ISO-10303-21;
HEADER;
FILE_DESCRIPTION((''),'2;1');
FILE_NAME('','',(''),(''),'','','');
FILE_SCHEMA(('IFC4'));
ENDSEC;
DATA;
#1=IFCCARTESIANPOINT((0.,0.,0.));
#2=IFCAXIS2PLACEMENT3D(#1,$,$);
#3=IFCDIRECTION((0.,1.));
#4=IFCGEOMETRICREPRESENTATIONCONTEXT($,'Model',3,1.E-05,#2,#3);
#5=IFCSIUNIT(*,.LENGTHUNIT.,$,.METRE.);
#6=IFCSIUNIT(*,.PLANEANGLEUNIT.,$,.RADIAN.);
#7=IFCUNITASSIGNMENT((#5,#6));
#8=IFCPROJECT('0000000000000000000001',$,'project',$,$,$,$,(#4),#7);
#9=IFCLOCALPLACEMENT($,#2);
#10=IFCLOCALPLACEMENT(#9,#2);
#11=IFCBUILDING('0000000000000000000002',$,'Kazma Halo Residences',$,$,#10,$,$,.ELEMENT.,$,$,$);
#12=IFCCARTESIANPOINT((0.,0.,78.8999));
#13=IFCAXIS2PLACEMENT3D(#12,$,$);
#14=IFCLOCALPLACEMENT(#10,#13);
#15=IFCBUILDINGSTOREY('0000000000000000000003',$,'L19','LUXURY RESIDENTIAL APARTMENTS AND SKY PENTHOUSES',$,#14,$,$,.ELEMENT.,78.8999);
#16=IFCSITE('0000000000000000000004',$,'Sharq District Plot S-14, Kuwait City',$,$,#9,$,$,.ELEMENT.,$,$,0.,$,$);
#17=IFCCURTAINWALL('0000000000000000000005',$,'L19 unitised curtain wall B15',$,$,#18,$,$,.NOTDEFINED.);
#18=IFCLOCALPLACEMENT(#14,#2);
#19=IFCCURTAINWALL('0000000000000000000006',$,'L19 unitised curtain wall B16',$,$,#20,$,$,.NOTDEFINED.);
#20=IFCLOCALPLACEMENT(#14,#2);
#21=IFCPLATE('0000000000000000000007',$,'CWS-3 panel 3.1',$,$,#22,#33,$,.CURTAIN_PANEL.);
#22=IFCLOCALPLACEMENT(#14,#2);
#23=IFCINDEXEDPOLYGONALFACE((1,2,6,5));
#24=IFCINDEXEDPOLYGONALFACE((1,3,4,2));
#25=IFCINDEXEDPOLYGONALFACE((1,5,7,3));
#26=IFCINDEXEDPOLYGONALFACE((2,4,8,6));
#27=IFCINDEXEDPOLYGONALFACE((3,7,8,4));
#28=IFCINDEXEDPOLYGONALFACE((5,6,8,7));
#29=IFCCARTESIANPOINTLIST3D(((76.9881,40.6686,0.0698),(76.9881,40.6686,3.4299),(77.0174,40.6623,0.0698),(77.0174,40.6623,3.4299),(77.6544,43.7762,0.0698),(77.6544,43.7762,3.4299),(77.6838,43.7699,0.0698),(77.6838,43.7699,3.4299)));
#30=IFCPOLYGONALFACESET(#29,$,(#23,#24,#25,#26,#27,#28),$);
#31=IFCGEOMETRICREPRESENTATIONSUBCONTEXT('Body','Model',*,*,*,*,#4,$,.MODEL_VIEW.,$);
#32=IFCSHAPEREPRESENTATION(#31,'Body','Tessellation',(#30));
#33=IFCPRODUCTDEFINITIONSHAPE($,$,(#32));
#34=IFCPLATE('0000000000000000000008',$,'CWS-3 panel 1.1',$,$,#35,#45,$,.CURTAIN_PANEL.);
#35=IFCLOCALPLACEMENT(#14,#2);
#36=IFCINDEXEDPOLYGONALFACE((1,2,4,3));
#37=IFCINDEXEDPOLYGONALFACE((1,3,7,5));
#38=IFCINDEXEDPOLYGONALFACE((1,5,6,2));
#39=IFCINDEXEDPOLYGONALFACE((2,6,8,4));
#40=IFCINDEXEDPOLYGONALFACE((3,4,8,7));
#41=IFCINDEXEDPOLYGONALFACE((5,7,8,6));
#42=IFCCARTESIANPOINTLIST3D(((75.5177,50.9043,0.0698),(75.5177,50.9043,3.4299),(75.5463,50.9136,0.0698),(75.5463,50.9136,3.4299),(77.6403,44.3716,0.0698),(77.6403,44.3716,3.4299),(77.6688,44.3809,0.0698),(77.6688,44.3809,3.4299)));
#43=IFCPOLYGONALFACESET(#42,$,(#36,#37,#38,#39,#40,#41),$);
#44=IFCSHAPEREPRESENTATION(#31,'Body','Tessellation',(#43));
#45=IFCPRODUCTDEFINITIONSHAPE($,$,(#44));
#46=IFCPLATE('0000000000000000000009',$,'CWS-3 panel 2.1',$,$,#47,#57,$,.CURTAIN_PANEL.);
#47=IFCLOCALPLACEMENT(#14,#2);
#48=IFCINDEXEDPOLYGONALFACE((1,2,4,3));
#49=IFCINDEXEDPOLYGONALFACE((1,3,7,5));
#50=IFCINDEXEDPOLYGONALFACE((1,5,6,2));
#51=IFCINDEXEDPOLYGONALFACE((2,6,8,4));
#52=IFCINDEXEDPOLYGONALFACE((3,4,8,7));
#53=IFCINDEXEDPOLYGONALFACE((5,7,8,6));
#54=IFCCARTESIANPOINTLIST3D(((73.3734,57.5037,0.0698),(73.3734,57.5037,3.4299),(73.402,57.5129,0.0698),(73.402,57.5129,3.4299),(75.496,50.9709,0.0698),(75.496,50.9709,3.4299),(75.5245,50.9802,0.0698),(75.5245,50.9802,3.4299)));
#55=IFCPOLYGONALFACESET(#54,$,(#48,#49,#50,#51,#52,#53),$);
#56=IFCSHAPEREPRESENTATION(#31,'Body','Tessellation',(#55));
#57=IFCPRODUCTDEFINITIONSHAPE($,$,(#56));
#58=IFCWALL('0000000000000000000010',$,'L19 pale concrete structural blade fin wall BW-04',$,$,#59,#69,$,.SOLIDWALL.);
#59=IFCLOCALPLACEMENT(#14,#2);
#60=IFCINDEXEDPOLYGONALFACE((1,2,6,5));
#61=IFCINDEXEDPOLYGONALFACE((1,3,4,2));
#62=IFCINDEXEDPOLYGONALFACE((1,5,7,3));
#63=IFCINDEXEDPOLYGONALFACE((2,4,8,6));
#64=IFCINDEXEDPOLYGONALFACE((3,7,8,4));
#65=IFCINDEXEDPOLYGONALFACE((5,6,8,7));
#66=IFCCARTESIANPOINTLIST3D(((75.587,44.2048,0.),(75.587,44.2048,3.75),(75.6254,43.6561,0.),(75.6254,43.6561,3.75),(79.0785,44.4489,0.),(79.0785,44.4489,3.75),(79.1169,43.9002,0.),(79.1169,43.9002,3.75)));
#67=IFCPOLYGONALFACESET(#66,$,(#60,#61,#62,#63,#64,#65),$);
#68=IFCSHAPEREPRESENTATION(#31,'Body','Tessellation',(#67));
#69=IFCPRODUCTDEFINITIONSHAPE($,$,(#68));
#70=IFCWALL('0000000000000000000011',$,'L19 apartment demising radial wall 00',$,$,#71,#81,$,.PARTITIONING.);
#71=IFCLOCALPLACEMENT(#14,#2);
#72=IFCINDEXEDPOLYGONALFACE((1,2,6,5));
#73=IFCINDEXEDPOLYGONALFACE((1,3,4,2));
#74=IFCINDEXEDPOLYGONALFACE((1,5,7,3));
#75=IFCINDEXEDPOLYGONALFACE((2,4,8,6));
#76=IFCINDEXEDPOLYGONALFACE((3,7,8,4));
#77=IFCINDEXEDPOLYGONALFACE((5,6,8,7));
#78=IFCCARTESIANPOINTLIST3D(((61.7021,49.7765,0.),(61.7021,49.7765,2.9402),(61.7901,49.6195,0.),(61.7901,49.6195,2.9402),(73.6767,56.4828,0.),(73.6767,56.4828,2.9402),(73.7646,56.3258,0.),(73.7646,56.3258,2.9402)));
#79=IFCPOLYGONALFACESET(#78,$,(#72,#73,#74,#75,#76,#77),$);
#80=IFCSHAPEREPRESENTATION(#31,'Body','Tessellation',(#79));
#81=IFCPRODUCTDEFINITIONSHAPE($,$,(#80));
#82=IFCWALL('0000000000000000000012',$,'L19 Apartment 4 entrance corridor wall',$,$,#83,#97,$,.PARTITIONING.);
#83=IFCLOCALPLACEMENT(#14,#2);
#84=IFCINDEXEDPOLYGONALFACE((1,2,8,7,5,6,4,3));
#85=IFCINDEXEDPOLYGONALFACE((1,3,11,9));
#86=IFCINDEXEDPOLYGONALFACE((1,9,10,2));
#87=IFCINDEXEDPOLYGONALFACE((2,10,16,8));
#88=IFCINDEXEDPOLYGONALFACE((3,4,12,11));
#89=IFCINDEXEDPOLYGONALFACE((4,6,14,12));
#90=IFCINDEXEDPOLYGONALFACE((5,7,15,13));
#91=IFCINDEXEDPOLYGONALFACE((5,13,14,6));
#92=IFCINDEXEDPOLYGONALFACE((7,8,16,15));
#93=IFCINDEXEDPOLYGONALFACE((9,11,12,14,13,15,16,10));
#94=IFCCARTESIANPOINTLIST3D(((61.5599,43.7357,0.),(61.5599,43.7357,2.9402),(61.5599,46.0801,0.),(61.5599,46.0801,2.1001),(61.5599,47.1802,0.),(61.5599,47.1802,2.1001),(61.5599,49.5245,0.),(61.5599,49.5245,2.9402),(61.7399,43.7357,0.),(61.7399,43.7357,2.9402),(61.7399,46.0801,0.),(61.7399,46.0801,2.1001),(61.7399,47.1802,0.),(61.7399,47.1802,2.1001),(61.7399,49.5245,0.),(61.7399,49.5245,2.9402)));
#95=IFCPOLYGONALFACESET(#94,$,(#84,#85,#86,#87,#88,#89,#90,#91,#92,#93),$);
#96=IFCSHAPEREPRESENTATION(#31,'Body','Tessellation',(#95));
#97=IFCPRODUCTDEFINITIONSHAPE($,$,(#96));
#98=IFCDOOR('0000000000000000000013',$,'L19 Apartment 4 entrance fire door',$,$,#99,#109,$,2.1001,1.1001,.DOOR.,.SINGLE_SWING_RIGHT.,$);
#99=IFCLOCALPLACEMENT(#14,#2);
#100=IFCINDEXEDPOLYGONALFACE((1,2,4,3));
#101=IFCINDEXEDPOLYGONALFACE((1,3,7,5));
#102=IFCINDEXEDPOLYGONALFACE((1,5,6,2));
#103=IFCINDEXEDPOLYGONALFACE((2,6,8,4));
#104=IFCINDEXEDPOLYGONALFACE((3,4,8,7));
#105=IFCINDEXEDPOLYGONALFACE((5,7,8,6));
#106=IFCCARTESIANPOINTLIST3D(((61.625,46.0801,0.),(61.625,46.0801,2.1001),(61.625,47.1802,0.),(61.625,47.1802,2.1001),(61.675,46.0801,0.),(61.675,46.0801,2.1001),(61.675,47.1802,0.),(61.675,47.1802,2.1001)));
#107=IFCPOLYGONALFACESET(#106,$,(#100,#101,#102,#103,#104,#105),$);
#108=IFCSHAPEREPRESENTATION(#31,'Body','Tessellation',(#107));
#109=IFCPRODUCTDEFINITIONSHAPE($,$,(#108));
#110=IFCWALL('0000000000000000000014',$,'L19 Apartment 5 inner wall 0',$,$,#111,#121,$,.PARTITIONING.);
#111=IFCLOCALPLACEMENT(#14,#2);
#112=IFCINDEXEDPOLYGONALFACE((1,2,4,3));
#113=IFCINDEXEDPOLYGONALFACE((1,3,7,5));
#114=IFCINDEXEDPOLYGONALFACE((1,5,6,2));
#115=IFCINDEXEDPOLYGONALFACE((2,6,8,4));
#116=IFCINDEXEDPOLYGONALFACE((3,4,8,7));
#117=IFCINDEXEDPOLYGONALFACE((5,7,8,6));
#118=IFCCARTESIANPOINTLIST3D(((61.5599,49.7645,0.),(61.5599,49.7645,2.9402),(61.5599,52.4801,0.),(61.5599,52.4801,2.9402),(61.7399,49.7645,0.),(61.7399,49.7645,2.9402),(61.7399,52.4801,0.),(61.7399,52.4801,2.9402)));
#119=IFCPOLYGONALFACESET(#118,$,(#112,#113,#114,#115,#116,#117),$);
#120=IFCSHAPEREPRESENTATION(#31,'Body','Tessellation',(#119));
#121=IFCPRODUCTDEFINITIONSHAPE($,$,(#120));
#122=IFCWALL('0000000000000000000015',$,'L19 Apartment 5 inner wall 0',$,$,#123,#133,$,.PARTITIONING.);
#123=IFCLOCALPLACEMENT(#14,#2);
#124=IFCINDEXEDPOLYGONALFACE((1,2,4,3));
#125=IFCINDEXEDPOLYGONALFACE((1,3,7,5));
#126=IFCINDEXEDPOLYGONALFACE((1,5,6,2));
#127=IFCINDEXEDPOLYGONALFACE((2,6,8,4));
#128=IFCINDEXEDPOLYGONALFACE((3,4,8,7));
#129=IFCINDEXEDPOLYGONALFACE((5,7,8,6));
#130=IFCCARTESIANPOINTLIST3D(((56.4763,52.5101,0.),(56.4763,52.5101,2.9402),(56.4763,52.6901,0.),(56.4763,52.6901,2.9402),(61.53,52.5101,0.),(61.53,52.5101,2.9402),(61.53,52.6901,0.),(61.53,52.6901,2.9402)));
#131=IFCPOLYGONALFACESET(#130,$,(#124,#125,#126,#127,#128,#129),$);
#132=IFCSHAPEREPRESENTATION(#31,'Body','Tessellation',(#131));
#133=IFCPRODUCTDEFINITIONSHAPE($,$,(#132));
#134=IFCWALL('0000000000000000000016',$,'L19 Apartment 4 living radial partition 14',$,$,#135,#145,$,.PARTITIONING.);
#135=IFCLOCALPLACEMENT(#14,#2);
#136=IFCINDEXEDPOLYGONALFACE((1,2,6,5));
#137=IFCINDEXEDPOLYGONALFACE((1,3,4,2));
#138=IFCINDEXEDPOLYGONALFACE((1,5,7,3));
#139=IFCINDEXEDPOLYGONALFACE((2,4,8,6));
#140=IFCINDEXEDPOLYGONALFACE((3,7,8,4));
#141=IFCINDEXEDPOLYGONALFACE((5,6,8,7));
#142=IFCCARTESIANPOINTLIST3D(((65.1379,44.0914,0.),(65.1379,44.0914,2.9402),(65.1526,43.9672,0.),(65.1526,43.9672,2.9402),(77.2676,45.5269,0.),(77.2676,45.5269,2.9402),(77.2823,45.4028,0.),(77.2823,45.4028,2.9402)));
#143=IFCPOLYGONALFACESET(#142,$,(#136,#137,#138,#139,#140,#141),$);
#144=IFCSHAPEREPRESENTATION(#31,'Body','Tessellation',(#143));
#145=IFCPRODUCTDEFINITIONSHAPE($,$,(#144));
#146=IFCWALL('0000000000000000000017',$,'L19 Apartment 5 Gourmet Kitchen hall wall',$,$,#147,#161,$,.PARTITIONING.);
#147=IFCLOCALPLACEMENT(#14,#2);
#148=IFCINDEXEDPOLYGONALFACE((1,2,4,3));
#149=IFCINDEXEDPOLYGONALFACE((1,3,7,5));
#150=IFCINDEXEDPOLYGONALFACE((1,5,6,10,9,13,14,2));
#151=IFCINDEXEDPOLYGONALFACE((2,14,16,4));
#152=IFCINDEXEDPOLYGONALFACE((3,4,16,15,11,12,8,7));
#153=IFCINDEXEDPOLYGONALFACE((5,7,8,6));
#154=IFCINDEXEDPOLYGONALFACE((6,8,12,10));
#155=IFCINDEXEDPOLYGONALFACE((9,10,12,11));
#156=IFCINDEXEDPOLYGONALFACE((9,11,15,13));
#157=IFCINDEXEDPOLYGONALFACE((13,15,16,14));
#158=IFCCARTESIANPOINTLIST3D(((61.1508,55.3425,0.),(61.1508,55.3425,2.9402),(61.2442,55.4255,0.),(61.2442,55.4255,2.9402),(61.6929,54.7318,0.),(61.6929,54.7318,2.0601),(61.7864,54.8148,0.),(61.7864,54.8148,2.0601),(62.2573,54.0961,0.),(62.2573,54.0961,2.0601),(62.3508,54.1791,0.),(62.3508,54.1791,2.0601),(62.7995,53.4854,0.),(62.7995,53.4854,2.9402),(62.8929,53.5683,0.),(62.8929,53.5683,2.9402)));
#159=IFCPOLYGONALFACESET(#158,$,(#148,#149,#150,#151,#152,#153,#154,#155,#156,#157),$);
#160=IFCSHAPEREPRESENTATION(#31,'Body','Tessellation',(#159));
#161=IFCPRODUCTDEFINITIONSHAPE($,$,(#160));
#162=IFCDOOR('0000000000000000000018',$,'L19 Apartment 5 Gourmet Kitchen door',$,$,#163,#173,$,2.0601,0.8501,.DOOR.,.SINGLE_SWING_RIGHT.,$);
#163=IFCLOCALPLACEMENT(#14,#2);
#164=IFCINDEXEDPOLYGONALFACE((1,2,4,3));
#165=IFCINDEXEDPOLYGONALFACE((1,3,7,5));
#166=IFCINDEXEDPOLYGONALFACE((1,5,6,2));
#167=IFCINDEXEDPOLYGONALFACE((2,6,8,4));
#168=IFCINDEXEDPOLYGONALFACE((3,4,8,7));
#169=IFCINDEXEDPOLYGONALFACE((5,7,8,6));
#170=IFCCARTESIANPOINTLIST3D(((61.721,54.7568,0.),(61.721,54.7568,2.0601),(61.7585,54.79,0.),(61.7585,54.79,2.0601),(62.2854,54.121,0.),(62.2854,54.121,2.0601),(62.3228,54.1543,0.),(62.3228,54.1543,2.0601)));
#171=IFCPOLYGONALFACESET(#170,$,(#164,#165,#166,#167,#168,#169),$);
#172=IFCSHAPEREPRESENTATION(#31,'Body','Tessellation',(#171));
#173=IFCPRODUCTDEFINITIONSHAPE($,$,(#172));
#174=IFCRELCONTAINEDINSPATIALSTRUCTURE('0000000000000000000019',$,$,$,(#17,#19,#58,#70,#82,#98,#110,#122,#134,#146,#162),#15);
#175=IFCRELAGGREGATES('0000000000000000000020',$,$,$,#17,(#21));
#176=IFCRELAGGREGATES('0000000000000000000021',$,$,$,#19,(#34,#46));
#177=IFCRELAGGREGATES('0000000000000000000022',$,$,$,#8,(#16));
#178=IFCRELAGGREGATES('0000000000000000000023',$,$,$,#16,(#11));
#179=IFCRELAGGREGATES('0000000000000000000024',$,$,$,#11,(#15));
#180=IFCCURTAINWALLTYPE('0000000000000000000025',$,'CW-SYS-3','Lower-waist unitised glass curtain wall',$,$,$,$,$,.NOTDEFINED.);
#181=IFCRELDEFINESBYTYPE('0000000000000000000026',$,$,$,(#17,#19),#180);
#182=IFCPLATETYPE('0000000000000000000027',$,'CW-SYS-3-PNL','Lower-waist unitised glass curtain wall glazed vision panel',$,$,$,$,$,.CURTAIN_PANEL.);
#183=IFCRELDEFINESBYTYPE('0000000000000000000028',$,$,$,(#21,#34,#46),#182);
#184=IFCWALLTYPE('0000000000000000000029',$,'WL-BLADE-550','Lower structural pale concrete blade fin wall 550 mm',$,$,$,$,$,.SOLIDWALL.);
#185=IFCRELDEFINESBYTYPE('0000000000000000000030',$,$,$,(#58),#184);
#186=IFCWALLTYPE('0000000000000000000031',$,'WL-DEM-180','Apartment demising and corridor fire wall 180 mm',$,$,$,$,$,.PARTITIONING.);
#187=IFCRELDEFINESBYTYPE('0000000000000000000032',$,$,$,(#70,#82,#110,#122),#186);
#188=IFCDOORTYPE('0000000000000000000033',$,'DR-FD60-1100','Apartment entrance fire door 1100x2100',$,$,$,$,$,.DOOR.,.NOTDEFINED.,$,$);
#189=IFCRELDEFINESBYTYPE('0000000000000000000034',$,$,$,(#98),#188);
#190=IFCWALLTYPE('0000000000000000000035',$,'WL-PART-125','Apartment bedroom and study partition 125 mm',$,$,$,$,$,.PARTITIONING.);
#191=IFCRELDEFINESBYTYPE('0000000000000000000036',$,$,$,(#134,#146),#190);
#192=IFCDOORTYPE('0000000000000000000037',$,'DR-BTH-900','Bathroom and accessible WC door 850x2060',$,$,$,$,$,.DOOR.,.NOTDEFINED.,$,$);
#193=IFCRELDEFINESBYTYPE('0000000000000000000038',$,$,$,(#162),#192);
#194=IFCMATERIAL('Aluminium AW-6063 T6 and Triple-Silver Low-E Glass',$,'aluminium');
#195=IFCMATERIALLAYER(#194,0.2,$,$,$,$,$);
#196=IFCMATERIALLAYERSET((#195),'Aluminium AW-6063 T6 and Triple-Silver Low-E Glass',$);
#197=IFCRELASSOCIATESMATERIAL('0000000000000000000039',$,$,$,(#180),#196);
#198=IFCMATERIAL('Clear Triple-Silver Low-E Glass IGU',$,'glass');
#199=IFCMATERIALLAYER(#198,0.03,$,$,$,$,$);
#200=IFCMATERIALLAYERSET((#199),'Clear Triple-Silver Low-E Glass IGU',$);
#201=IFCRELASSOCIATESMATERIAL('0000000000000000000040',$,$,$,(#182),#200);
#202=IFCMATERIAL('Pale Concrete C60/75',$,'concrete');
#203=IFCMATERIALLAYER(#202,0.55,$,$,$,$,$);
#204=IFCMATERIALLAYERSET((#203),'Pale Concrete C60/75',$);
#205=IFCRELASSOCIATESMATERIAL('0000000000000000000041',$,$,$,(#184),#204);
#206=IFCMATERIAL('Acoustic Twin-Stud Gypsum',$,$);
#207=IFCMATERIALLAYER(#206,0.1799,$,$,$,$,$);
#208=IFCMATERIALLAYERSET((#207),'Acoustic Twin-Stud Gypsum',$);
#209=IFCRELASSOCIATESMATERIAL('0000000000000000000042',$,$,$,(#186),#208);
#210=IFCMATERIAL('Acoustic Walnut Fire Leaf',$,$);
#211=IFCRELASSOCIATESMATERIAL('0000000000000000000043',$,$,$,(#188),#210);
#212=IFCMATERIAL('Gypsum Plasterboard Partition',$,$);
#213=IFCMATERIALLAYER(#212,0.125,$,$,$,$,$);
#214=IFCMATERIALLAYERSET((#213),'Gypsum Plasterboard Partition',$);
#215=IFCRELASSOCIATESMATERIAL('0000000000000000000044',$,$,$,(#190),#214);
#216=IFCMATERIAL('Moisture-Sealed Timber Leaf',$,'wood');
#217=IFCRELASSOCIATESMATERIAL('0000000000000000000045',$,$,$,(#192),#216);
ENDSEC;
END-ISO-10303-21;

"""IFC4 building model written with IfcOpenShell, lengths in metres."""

from ifc_helpers import new_model, si_unit, direction, frame, frame_2d, origin, origin_2d, place, context, subcontext, project, spatial, rectangle, extrude, material, layer, layer_set, type_object, element, fill, aggregate, save


model = new_model("IFC4")

# Units and contexts
model_context = context("Model", 3, precision=1e-05, world=origin(), true_north=direction((0.0, 1.0)))
body_context = subcontext(model_context, "Body", "Model", "MODEL_VIEW")
ifc_project = project(units=[si_unit("LENGTHUNIT", "METRE"), si_unit("PLANEANGLEUNIT", "RADIAN")], contexts=[model_context])

# Site, building, storey
site_placement = place(None, origin())
site = spatial("IfcSite", under=ifc_project, at=site_placement, Name="Sharq District Plot S-14, Kuwait City", CompositionType="ELEMENT", RefElevation=0.0)
building_placement = place(site_placement, origin())
building = spatial("IfcBuilding", under=site, at=building_placement, Name="Kazma Halo Residences", CompositionType="ELEMENT")
storey_placement = place(building_placement, frame((0.0, 0.0, 78.8999)))
storey = spatial("IfcBuildingStorey", under=building, at=storey_placement, Name="L19", Description="LUXURY RESIDENTIAL APARTMENTS AND SKY PENTHOUSES", CompositionType="ELEMENT", Elevation=78.8999)

# Curtain wall
ifc_material_1 = material(Name="Aluminium AW-6063 T6 and Triple-Silver Low-E Glass", Category="aluminium")
ifc_layer_1 = layer(ifc_material_1, 0.2)
ifc_layer_set_1 = layer_set([ifc_layer_1], Name="Aluminium AW-6063 T6 and Triple-Silver Low-E Glass")
curtain_wall_type = type_object("IfcCurtainWallType", Name="CW-SYS-3", Description="Lower-waist unitised glass curtain wall", PredefinedType="NOTDEFINED", material=ifc_layer_set_1)
curtain_wall_1_placement = place(storey_placement, origin())
curtain_wall_1 = element("IfcCurtainWall", 1, at=curtain_wall_1_placement, inside=storey, type_object=curtain_wall_type, Name="L19 unitised curtain wall B15", PredefinedType="NOTDEFINED")

# Curtain wall
curtain_wall_2_placement = place(storey_placement, origin())
curtain_wall_2 = element("IfcCurtainWall", 2, at=curtain_wall_2_placement, inside=storey, type_object=curtain_wall_type, Name="L19 unitised curtain wall B16", PredefinedType="NOTDEFINED")

# Plates
ifc_material_2 = material(Name="Clear Triple-Silver Low-E Glass IGU", Category="glass")
ifc_layer_2 = layer(ifc_material_2, 0.03)
ifc_layer_set_2 = layer_set([ifc_layer_2], Name="Clear Triple-Silver Low-E Glass IGU")
plate_type = type_object("IfcPlateType", Name="CW-SYS-3-PNL", Description="Lower-waist unitised glass curtain wall glazed vision panel", PredefinedType="CURTAIN_PANEL", material=ifc_layer_set_2)
plate_1_placement = place(storey_placement, frame((77.3359, 42.2192, 0.0698), z_axis=(0.0, 0.0, 1.0), x_axis=(0.209661, 0.977774, 0.0)))
plate_1 = element("IfcPlate", 3, at=plate_1_placement, type_object=plate_type, Name="CWS-3 panel 3.1", PredefinedType="CURTAIN_PANEL", context=body_context, shape_type="SweptSolid", body=[
    extrude(rectangle(XDim=3.1782, YDim=0.03, at=origin_2d()), origin(), (0.0, 0.0, 1.0), 3.3601),
])
aggregate(curtain_wall_1, [plate_1])
plate_2_placement = place(storey_placement, frame((76.5933, 47.6426, 0.0698), z_axis=(0.0, 0.0, 1.0), x_axis=(-0.309013, 0.951058, 0.0)))
plate_2 = element("IfcPlate", 4, at=plate_2_placement, type_object=plate_type, Name="CWS-3 panel 1.1", PredefinedType="CURTAIN_PANEL", context=body_context, shape_type="SweptSolid", body=[
    extrude(rectangle(XDim=6.8689, YDim=0.03, at=origin_2d()), origin(), (0.0, 0.0, 1.0), 3.3601),
])
plate_3_placement = place(storey_placement, frame((74.449, 54.2419, 0.0698), z_axis=(0.0, 0.0, 1.0), x_axis=(-0.309013, 0.951058, 0.0)))
plate_3 = element("IfcPlate", 5, at=plate_3_placement, type_object=plate_type, Name="CWS-3 panel 2.1", PredefinedType="CURTAIN_PANEL", context=body_context, shape_type="SweptSolid", body=[
    extrude(rectangle(XDim=6.8689, YDim=0.03, at=origin_2d()), origin(), (0.0, 0.0, 1.0), 3.3601),
])
aggregate(curtain_wall_2, [plate_2, plate_3])

# Walls
ifc_material_3 = material(Name="Pale Concrete C60/75", Category="concrete")
ifc_layer_3 = layer(ifc_material_3, 0.55)
ifc_layer_set_3 = layer_set([ifc_layer_3], Name="Pale Concrete C60/75")
wall_type_1 = type_object("IfcWallType", Name="WL-BLADE-550", Description="Lower structural pale concrete blade fin wall 550 mm", PredefinedType="SOLIDWALL", material=ifc_layer_set_3)
wall_1_placement = place(storey_placement, frame((75.6062, 43.9304, 0.0), z_axis=(0.0, 0.0, 1.0), x_axis=(0.997564, 0.069755, 0.0)))
element("IfcWall", 6, at=wall_1_placement, inside=storey, type_object=wall_type_1, Name="L19 pale concrete structural blade fin wall BW-04", PredefinedType="SOLIDWALL", context=body_context, shape_type="SweptSolid", body=[
    extrude(rectangle(XDim=3.5, YDim=0.55, at=frame_2d((1.75, 0.0))), origin(), (0.0, 0.0, 1.0), 3.75),
])
ifc_material_4 = material(Name="Acoustic Twin-Stud Gypsum")
ifc_layer_4 = layer(ifc_material_4, 0.1799)
ifc_layer_set_4 = layer_set([ifc_layer_4], Name="Acoustic Twin-Stud Gypsum")
wall_type_2 = type_object("IfcWallType", Name="WL-DEM-180", Description="Apartment demising and corridor fire wall 180 mm", PredefinedType="PARTITIONING", material=ifc_layer_set_4)
wall_2_placement = place(storey_placement, frame((61.7461, 49.698, 0.0), z_axis=(0.0, 0.0, 1.0), x_axis=(0.87249, 0.488632, 0.0)))
element("IfcWall", 7, at=wall_2_placement, inside=storey, type_object=wall_type_2, Name="L19 apartment demising radial wall 00", PredefinedType="PARTITIONING", context=body_context, shape_type="SweptSolid", body=[
    extrude(rectangle(XDim=13.7246, YDim=0.1799, at=frame_2d((6.8623, 0.0))), origin(), (0.0, 0.0, 1.0), 2.9402),
])

# Wall, opening, door
wall_3_placement = place(storey_placement, frame((61.6499, 43.7356, 0.0), z_axis=(0.0, 0.0, 1.0), x_axis=(0.0, 1.0, 0.0)))
wall_3 = element("IfcWall", 8, at=wall_3_placement, inside=storey, type_object=wall_type_2, Name="L19 Apartment 4 entrance corridor wall", PredefinedType="PARTITIONING", context=body_context, shape_type="SweptSolid", body=[
    extrude(rectangle(XDim=5.7888, YDim=0.1799, at=frame_2d((2.8945, 0.0))), origin(), (0.0, 0.0, 1.0), 2.9402),
])
opening_1_placement = place(wall_3_placement, frame((2.3445, 0.0, 0.0)))
opening_1 = element("IfcOpeningElement", 9, at=opening_1_placement, cuts=wall_3, PredefinedType="OPENING", context=body_context, shape_type="SweptSolid", body=[
    extrude(rectangle(XDim=1.1001, YDim=2.1001, at=frame_2d((0.55, 1.05))), frame((0.0, 0.0999, 0.0), z_axis=(0.0, -1.0, 0.0), x_axis=(1.0, 0.0, 0.0)), (0.0, 0.0, 1.0), 0.2),
])
ifc_material_5 = material(Name="Acoustic Walnut Fire Leaf")
door_type_1 = type_object("IfcDoorType", Name="DR-FD60-1100", Description="Apartment entrance fire door 1100x2100", OperationType="NOTDEFINED", PredefinedType="DOOR", material=ifc_material_5)
door_1_placement = place(opening_1_placement, origin())
door_1 = element("IfcDoor", 10, at=door_1_placement, inside=storey, type_object=door_type_1, Name="L19 Apartment 4 entrance fire door", OperationType="SINGLE_SWING_RIGHT", OverallHeight=2.1001, OverallWidth=1.1001, PredefinedType="DOOR", context=body_context, shape_type="SweptSolid", body=[
    extrude(rectangle(XDim=1.1001, YDim=2.1001, at=frame_2d((0.55, 1.05))), frame((0.0, 0.0249, 0.0), z_axis=(0.0, -1.0, 0.0), x_axis=(1.0, 0.0, 0.0)), (0.0, 0.0, 1.0), 0.05),
])
fill(opening_1, door_1)

# Walls
wall_4_placement = place(storey_placement, frame((61.6499, 49.7644, 0.0), z_axis=(0.0, 0.0, 1.0), x_axis=(0.0, 1.0, 0.0)))
element("IfcWall", 11, at=wall_4_placement, inside=storey, type_object=wall_type_2, Name="L19 Apartment 5 inner wall 0", PredefinedType="PARTITIONING", context=body_context, shape_type="SweptSolid", body=[
    extrude(rectangle(XDim=2.7156, YDim=0.1799, at=frame_2d((1.3579, 0.0))), origin(), (0.0, 0.0, 1.0), 2.9402),
])
wall_5_placement = place(storey_placement, frame((61.53, 52.6001, 0.0), z_axis=(0.0, 0.0, 1.0), x_axis=(-1.0, 0.0, 0.0)))
element("IfcWall", 12, at=wall_5_placement, inside=storey, type_object=wall_type_2, Name="L19 Apartment 5 inner wall 0", PredefinedType="PARTITIONING", context=body_context, shape_type="SweptSolid", body=[
    extrude(rectangle(XDim=5.0537, YDim=0.1799, at=frame_2d((2.5269, 0.0))), origin(), (0.0, 0.0, 1.0), 2.9402),
])
ifc_material_6 = material(Name="Gypsum Plasterboard Partition")
ifc_layer_5 = layer(ifc_material_6, 0.125)
ifc_layer_set_5 = layer_set([ifc_layer_5], Name="Gypsum Plasterboard Partition")
wall_type_3 = type_object("IfcWallType", Name="WL-PART-125", Description="Apartment bedroom and study partition 125 mm", PredefinedType="PARTITIONING", material=ifc_layer_set_5)
wall_6_placement = place(storey_placement, frame((65.1453, 44.0293, 0.0), z_axis=(0.0, 0.0, 1.0), x_axis=(0.993069, 0.11753, 0.0)))
element("IfcWall", 13, at=wall_6_placement, inside=storey, type_object=wall_type_3, Name="L19 Apartment 4 living radial partition 14", PredefinedType="PARTITIONING", context=body_context, shape_type="SweptSolid", body=[
    extrude(rectangle(XDim=12.2144, YDim=0.125, at=frame_2d((6.1072, 0.0))), origin(), (0.0, 0.0, 1.0), 2.9402),
])

# Wall, opening, door
wall_7_placement = place(storey_placement, frame((62.8462, 53.5269, 0.0), z_axis=(0.0, 0.0, 1.0), x_axis=(-0.663882, 0.747838, 0.0)))
wall_7 = element("IfcWall", 14, at=wall_7_placement, inside=storey, type_object=wall_type_3, Name="L19 Apartment 5 Gourmet Kitchen hall wall", PredefinedType="PARTITIONING", context=body_context, shape_type="SweptSolid", body=[
    extrude(rectangle(XDim=2.4834, YDim=0.125, at=frame_2d((1.2417, 0.0))), origin(), (0.0, 0.0, 1.0), 2.9402),
])
opening_2_placement = place(wall_7_placement, frame((0.8167, 0.0, 0.0)))
opening_2 = element("IfcOpeningElement", 15, at=opening_2_placement, cuts=wall_7, PredefinedType="OPENING", context=body_context, shape_type="SweptSolid", body=[
    extrude(rectangle(XDim=0.8501, YDim=2.0601, at=frame_2d((0.425, 1.03))), frame((0.0, 0.0725, 0.0), z_axis=(0.0, -1.0, 0.0), x_axis=(1.0, 0.0, 0.0)), (0.0, 0.0, 1.0), 0.145),
])
ifc_material_7 = material(Name="Moisture-Sealed Timber Leaf", Category="wood")
door_type_2 = type_object("IfcDoorType", Name="DR-BTH-900", Description="Bathroom and accessible WC door 850x2060", OperationType="NOTDEFINED", PredefinedType="DOOR", material=ifc_material_7)
door_2_placement = place(opening_2_placement, origin())
door_2 = element("IfcDoor", 16, at=door_2_placement, inside=storey, type_object=door_type_2, Name="L19 Apartment 5 Gourmet Kitchen door", OperationType="SINGLE_SWING_RIGHT", OverallHeight=2.0601, OverallWidth=0.8501, PredefinedType="DOOR", context=body_context, shape_type="SweptSolid", body=[
    extrude(rectangle(XDim=0.8501, YDim=2.0601, at=frame_2d((0.425, 1.03))), frame((0.0, 0.0249, 0.0), z_axis=(0.0, -1.0, 0.0), x_axis=(1.0, 0.0, 0.0)), (0.0, 0.0, 1.0), 0.05),
])
fill(opening_2, door_2)

save(model, "model.ifc")
